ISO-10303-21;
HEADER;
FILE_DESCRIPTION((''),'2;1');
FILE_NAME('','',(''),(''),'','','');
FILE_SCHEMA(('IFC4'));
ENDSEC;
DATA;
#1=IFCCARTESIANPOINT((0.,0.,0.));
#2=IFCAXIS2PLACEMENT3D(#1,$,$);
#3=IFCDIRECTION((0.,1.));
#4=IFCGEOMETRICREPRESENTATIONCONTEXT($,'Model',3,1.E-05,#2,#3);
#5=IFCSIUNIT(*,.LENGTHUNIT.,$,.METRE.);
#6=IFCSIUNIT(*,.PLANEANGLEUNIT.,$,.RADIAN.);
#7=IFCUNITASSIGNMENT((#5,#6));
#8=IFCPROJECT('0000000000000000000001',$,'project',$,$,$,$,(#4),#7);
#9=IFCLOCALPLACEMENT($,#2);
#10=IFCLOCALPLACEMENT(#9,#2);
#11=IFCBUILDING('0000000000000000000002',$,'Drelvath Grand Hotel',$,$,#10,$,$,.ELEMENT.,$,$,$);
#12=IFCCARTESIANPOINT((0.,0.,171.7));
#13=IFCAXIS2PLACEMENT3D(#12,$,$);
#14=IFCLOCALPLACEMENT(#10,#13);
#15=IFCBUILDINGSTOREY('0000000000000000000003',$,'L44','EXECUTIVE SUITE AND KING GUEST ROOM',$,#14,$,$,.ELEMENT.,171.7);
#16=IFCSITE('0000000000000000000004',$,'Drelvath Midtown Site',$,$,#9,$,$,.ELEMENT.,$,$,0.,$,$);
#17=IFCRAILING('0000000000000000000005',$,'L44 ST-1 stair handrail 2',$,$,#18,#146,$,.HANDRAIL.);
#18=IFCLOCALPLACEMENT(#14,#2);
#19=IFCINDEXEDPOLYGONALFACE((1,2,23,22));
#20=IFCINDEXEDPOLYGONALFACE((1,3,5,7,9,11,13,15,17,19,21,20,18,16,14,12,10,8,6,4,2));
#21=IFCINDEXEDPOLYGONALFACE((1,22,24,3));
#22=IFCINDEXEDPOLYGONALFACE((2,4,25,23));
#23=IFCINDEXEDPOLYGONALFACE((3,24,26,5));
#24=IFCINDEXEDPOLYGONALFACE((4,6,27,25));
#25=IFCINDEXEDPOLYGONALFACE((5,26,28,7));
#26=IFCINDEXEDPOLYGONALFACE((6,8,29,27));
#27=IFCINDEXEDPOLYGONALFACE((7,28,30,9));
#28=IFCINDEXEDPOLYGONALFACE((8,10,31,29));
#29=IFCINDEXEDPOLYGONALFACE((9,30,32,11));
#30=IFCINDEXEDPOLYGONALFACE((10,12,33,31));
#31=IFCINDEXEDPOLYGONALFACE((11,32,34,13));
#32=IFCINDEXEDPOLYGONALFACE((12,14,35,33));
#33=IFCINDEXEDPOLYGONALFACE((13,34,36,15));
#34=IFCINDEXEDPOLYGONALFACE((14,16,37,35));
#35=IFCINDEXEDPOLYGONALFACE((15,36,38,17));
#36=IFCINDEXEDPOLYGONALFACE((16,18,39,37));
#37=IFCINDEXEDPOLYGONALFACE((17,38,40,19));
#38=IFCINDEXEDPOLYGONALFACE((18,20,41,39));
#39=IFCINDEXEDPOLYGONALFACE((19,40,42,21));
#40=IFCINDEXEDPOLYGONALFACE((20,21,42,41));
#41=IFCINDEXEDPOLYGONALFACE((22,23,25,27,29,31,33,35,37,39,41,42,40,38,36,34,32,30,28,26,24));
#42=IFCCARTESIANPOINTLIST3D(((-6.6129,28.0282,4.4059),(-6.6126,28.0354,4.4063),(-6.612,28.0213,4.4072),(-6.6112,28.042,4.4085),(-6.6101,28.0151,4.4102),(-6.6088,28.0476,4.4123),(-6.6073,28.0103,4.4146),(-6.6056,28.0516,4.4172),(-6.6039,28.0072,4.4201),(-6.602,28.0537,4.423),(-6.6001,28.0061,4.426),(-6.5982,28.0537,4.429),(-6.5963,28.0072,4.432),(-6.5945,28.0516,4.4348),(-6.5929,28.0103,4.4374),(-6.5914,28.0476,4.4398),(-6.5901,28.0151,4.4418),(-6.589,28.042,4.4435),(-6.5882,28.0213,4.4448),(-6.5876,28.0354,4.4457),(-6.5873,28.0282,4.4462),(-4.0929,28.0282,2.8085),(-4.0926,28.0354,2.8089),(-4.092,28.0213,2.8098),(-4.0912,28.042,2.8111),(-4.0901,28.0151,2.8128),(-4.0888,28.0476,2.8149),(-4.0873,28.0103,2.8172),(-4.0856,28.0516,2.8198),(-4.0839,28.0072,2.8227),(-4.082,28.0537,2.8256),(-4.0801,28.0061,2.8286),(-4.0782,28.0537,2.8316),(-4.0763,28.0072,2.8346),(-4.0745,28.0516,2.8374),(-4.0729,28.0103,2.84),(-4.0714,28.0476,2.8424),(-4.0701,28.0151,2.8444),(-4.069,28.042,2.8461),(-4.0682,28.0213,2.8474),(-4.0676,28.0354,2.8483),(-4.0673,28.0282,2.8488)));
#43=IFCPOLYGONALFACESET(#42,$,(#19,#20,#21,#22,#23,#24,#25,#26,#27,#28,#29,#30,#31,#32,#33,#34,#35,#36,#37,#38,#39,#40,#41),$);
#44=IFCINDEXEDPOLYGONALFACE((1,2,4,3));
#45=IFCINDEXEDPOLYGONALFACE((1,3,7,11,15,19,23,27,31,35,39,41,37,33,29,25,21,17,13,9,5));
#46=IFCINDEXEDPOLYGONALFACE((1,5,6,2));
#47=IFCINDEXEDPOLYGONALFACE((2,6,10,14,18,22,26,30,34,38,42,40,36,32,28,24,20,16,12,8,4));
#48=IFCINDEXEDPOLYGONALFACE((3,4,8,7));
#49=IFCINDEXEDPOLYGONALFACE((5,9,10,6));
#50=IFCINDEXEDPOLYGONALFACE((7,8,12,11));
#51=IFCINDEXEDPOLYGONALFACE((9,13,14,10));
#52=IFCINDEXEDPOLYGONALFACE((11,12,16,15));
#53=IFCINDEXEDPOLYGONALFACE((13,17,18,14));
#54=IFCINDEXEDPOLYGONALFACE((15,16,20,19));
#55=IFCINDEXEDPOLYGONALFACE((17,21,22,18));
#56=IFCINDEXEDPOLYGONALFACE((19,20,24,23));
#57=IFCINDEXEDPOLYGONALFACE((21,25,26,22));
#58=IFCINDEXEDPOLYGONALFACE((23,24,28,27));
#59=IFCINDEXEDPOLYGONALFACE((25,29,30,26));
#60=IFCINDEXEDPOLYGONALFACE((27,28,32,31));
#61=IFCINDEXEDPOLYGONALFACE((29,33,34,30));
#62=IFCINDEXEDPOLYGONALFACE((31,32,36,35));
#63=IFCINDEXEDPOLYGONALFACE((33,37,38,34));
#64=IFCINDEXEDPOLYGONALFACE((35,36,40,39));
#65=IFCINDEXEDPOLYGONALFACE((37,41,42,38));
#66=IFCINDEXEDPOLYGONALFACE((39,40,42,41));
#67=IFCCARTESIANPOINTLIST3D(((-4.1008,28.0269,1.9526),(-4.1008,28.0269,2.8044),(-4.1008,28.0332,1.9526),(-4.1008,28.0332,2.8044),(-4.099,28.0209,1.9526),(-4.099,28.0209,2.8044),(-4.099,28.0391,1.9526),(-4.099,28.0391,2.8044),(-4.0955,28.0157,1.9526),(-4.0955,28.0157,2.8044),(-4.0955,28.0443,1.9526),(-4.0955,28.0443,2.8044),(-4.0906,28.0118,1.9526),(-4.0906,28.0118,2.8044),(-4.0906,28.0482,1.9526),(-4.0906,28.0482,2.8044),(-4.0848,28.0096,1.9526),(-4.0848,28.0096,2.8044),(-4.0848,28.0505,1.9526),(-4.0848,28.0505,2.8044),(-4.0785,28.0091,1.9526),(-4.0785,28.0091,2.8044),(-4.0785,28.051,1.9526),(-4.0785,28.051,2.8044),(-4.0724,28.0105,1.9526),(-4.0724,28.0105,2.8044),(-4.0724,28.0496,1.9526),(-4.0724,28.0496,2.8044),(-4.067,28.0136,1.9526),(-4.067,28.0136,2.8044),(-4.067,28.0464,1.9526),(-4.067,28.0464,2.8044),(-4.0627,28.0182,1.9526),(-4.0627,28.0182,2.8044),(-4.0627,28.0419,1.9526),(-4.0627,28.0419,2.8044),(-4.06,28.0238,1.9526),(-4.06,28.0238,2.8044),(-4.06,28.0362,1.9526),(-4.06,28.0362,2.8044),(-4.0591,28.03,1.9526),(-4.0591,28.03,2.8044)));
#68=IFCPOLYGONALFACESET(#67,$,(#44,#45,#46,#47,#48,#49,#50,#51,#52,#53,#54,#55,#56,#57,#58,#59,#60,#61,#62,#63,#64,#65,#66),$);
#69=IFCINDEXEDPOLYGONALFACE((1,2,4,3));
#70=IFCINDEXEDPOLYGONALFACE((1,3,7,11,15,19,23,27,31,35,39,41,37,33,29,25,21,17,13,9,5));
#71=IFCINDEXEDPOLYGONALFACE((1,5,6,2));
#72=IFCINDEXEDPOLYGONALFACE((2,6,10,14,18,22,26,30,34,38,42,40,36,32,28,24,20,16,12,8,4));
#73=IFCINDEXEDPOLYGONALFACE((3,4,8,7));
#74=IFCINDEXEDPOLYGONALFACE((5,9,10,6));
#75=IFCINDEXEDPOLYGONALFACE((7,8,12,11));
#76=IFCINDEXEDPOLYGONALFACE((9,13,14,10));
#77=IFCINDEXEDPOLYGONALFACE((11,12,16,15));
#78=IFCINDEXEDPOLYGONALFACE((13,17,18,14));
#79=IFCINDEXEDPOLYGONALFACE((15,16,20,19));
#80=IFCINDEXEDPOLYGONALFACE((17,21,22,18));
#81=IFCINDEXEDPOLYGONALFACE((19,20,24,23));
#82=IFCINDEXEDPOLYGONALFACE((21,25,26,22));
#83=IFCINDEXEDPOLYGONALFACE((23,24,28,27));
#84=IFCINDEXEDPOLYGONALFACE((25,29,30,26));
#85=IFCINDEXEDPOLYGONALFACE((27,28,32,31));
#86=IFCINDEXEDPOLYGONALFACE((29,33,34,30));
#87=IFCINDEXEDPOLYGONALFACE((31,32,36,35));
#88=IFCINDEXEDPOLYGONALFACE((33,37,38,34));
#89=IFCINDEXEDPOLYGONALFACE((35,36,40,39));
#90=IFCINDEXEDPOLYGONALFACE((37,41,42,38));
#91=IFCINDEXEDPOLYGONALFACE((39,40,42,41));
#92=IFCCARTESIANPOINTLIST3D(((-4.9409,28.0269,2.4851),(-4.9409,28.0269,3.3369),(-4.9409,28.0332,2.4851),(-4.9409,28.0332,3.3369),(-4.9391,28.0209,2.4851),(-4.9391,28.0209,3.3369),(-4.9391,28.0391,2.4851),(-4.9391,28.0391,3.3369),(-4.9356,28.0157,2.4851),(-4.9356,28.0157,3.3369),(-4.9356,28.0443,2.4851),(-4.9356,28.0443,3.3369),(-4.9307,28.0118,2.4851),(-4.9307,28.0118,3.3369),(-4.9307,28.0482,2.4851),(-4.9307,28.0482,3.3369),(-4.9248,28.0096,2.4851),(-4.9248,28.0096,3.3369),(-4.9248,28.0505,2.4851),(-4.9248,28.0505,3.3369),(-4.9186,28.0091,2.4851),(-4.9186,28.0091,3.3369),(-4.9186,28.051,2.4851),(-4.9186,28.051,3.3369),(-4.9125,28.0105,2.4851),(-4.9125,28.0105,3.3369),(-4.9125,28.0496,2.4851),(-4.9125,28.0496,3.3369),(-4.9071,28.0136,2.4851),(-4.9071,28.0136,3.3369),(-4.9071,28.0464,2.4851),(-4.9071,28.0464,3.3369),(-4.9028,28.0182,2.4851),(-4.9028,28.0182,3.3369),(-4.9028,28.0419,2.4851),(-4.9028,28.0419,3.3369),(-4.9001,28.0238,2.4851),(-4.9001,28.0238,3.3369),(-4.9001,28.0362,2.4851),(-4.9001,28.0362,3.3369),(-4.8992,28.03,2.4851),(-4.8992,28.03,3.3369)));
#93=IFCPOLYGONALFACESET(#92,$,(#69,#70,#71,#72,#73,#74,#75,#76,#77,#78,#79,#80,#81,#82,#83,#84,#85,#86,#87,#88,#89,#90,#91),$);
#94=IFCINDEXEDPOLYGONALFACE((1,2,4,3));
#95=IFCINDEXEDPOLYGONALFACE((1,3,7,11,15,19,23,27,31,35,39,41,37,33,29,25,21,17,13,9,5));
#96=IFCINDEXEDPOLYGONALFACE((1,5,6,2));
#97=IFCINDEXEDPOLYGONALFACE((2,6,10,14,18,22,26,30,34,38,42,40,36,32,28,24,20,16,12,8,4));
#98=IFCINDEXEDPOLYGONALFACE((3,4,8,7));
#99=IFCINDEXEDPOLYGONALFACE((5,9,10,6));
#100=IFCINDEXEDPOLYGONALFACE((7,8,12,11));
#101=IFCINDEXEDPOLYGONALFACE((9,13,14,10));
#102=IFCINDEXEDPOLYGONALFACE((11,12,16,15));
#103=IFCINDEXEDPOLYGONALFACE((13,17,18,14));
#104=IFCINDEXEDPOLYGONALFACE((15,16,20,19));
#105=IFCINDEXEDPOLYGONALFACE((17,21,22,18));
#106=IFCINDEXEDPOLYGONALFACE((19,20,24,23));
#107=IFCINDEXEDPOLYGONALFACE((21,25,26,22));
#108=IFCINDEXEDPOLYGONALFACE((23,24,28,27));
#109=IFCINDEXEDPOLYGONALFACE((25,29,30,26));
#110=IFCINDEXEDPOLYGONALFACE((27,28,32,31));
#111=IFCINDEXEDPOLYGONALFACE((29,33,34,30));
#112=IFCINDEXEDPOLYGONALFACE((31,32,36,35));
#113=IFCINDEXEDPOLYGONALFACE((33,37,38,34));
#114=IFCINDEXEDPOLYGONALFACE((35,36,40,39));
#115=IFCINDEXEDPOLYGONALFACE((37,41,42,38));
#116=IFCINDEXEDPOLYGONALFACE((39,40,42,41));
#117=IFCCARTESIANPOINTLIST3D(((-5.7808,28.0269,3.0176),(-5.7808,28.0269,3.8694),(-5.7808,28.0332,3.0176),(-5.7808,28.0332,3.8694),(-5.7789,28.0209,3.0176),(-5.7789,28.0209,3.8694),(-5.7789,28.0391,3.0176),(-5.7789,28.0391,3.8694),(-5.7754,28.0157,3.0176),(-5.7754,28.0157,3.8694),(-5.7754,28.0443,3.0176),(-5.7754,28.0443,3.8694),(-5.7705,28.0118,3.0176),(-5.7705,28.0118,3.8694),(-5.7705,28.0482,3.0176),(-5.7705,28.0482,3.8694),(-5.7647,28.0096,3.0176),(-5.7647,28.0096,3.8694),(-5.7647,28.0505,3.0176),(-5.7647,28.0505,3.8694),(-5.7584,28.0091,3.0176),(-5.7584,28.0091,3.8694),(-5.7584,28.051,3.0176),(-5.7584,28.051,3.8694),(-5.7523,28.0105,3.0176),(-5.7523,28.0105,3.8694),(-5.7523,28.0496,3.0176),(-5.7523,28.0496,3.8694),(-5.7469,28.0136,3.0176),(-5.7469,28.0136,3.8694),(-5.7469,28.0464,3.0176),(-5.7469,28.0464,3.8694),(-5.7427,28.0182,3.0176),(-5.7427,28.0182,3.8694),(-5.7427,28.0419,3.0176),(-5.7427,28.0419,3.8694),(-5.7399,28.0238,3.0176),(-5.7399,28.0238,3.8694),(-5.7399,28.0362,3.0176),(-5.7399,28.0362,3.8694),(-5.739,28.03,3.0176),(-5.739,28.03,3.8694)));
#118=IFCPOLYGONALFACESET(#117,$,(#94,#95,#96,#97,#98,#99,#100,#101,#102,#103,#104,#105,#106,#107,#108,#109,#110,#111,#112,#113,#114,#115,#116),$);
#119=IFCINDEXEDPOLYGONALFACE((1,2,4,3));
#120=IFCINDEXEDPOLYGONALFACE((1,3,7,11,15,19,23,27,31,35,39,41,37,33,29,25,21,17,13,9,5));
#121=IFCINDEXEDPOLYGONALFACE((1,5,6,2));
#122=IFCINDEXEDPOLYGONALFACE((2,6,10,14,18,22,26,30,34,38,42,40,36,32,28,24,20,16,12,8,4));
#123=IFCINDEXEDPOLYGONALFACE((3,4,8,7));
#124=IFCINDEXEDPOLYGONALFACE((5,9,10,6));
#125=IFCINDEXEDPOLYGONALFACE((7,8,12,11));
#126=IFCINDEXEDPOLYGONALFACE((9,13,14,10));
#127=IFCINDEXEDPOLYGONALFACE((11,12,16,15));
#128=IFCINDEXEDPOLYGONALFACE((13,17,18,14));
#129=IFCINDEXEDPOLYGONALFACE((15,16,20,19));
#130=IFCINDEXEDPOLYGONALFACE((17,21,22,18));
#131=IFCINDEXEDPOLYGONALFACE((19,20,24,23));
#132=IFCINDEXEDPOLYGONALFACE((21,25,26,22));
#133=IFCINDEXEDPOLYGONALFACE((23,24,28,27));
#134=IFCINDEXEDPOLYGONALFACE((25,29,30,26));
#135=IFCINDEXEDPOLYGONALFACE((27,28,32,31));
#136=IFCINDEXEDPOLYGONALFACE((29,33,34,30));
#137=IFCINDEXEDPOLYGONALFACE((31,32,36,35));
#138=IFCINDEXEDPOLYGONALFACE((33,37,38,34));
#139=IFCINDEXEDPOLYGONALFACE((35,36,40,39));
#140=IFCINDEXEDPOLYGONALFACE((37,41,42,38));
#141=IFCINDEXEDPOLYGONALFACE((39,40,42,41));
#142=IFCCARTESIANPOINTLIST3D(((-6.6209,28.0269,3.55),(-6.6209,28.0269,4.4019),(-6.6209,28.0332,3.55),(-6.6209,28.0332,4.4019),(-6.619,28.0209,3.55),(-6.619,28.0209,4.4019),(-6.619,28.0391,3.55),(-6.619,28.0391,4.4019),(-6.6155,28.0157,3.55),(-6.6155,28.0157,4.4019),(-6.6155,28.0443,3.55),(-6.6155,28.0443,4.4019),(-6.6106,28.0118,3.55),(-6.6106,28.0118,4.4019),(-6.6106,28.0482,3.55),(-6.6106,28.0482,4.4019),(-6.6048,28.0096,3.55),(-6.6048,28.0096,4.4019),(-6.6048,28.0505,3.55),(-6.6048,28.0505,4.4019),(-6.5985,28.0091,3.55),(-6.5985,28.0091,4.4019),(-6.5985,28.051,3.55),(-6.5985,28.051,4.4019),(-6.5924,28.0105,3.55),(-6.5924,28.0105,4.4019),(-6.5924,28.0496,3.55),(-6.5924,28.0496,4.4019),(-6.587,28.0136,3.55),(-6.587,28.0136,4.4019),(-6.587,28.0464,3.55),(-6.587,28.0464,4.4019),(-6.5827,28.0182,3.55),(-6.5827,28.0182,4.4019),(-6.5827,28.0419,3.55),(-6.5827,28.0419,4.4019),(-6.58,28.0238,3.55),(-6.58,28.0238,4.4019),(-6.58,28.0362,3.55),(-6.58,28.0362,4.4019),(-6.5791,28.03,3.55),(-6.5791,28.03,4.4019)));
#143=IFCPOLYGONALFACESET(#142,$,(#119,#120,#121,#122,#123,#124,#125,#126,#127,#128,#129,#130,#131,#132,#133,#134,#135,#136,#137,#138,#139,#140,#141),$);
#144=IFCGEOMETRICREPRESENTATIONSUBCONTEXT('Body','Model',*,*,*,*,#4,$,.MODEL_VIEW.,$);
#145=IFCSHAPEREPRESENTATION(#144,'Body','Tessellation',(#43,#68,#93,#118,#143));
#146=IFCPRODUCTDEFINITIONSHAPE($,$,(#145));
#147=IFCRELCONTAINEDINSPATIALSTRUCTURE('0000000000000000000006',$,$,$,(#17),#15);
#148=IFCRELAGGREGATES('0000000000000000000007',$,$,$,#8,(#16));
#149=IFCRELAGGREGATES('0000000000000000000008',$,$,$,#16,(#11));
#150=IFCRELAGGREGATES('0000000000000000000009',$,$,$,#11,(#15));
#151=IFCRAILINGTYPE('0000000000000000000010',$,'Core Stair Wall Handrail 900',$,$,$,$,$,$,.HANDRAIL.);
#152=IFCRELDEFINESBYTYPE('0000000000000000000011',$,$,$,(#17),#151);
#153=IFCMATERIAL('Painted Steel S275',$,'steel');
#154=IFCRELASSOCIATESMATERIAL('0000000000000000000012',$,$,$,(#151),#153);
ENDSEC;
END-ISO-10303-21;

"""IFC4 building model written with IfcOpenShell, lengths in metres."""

from ifc_helpers import new_model, si_unit, direction, frame, origin, origin_2d, place, context, subcontext, project, spatial, circle, extrude, material, type_object, element, save


model = new_model("IFC4")

# Units and contexts
model_context = context("Model", 3, precision=1e-05, world=origin(), true_north=direction((0.0, 1.0)))
body_context = subcontext(model_context, "Body", "Model", "MODEL_VIEW")
ifc_project = project(units=[si_unit("LENGTHUNIT", "METRE"), si_unit("PLANEANGLEUNIT", "RADIAN")], contexts=[model_context])

# Site, building, storey
site_placement = place(None, origin())
site = spatial("IfcSite", under=ifc_project, at=site_placement, Name="Drelvath Midtown Site", CompositionType="ELEMENT", RefElevation=0.0)
building_placement = place(site_placement, origin())
building = spatial("IfcBuilding", under=site, at=building_placement, Name="Drelvath Grand Hotel", CompositionType="ELEMENT")
storey_placement = place(building_placement, frame((0.0, 0.0, 171.7)))
storey = spatial("IfcBuildingStorey", under=building, at=storey_placement, Name="L44", Description="EXECUTIVE SUITE AND KING GUEST ROOM", CompositionType="ELEMENT", Elevation=171.7)

# Shared definitions
ifc_material_1 = material(Name="Painted Steel S275", Category="steel")

# Railing
railing_type_1 = type_object("IfcRailingType", Name="Core Stair Wall Handrail 900", PredefinedType="HANDRAIL", material=ifc_material_1)
railing_1_placement = place(storey_placement, frame((-4.0801, 28.03, 1.9526)))
element("IfcRailing", 1, at=railing_1_placement, inside=storey, type_object=railing_type_1, Name="L44 ST-1 stair handrail 2", PredefinedType="HANDRAIL", context=body_context, shape_type="SweptSolid", body=[
    extrude(circle(Radius=0.0239, at=origin_2d()), frame((0.0, 0.0, 0.876), z_axis=(-0.844607, 0.0, 0.535387), x_axis=(0.0, -1.0, 0.0)), (0.0, 0.0, 1.0), 2.9836),
    extrude(circle(Radius=0.021, at=origin_2d()), origin(), (0.0, 0.0, 1.0), 0.8518),
    extrude(circle(Radius=0.021, at=origin_2d()), frame((-0.8401, 0.0, 0.5325)), (0.0, 0.0, 1.0), 0.8518),
    extrude(circle(Radius=0.021, at=origin_2d()), frame((-1.6799, 0.0, 1.0649)), (0.0, 0.0, 1.0), 0.8518),
    extrude(circle(Radius=0.021, at=origin_2d()), frame((-2.52, 0.0, 1.5974)), (0.0, 0.0, 1.0), 0.8518),
])

save(model, "model.ifc")
